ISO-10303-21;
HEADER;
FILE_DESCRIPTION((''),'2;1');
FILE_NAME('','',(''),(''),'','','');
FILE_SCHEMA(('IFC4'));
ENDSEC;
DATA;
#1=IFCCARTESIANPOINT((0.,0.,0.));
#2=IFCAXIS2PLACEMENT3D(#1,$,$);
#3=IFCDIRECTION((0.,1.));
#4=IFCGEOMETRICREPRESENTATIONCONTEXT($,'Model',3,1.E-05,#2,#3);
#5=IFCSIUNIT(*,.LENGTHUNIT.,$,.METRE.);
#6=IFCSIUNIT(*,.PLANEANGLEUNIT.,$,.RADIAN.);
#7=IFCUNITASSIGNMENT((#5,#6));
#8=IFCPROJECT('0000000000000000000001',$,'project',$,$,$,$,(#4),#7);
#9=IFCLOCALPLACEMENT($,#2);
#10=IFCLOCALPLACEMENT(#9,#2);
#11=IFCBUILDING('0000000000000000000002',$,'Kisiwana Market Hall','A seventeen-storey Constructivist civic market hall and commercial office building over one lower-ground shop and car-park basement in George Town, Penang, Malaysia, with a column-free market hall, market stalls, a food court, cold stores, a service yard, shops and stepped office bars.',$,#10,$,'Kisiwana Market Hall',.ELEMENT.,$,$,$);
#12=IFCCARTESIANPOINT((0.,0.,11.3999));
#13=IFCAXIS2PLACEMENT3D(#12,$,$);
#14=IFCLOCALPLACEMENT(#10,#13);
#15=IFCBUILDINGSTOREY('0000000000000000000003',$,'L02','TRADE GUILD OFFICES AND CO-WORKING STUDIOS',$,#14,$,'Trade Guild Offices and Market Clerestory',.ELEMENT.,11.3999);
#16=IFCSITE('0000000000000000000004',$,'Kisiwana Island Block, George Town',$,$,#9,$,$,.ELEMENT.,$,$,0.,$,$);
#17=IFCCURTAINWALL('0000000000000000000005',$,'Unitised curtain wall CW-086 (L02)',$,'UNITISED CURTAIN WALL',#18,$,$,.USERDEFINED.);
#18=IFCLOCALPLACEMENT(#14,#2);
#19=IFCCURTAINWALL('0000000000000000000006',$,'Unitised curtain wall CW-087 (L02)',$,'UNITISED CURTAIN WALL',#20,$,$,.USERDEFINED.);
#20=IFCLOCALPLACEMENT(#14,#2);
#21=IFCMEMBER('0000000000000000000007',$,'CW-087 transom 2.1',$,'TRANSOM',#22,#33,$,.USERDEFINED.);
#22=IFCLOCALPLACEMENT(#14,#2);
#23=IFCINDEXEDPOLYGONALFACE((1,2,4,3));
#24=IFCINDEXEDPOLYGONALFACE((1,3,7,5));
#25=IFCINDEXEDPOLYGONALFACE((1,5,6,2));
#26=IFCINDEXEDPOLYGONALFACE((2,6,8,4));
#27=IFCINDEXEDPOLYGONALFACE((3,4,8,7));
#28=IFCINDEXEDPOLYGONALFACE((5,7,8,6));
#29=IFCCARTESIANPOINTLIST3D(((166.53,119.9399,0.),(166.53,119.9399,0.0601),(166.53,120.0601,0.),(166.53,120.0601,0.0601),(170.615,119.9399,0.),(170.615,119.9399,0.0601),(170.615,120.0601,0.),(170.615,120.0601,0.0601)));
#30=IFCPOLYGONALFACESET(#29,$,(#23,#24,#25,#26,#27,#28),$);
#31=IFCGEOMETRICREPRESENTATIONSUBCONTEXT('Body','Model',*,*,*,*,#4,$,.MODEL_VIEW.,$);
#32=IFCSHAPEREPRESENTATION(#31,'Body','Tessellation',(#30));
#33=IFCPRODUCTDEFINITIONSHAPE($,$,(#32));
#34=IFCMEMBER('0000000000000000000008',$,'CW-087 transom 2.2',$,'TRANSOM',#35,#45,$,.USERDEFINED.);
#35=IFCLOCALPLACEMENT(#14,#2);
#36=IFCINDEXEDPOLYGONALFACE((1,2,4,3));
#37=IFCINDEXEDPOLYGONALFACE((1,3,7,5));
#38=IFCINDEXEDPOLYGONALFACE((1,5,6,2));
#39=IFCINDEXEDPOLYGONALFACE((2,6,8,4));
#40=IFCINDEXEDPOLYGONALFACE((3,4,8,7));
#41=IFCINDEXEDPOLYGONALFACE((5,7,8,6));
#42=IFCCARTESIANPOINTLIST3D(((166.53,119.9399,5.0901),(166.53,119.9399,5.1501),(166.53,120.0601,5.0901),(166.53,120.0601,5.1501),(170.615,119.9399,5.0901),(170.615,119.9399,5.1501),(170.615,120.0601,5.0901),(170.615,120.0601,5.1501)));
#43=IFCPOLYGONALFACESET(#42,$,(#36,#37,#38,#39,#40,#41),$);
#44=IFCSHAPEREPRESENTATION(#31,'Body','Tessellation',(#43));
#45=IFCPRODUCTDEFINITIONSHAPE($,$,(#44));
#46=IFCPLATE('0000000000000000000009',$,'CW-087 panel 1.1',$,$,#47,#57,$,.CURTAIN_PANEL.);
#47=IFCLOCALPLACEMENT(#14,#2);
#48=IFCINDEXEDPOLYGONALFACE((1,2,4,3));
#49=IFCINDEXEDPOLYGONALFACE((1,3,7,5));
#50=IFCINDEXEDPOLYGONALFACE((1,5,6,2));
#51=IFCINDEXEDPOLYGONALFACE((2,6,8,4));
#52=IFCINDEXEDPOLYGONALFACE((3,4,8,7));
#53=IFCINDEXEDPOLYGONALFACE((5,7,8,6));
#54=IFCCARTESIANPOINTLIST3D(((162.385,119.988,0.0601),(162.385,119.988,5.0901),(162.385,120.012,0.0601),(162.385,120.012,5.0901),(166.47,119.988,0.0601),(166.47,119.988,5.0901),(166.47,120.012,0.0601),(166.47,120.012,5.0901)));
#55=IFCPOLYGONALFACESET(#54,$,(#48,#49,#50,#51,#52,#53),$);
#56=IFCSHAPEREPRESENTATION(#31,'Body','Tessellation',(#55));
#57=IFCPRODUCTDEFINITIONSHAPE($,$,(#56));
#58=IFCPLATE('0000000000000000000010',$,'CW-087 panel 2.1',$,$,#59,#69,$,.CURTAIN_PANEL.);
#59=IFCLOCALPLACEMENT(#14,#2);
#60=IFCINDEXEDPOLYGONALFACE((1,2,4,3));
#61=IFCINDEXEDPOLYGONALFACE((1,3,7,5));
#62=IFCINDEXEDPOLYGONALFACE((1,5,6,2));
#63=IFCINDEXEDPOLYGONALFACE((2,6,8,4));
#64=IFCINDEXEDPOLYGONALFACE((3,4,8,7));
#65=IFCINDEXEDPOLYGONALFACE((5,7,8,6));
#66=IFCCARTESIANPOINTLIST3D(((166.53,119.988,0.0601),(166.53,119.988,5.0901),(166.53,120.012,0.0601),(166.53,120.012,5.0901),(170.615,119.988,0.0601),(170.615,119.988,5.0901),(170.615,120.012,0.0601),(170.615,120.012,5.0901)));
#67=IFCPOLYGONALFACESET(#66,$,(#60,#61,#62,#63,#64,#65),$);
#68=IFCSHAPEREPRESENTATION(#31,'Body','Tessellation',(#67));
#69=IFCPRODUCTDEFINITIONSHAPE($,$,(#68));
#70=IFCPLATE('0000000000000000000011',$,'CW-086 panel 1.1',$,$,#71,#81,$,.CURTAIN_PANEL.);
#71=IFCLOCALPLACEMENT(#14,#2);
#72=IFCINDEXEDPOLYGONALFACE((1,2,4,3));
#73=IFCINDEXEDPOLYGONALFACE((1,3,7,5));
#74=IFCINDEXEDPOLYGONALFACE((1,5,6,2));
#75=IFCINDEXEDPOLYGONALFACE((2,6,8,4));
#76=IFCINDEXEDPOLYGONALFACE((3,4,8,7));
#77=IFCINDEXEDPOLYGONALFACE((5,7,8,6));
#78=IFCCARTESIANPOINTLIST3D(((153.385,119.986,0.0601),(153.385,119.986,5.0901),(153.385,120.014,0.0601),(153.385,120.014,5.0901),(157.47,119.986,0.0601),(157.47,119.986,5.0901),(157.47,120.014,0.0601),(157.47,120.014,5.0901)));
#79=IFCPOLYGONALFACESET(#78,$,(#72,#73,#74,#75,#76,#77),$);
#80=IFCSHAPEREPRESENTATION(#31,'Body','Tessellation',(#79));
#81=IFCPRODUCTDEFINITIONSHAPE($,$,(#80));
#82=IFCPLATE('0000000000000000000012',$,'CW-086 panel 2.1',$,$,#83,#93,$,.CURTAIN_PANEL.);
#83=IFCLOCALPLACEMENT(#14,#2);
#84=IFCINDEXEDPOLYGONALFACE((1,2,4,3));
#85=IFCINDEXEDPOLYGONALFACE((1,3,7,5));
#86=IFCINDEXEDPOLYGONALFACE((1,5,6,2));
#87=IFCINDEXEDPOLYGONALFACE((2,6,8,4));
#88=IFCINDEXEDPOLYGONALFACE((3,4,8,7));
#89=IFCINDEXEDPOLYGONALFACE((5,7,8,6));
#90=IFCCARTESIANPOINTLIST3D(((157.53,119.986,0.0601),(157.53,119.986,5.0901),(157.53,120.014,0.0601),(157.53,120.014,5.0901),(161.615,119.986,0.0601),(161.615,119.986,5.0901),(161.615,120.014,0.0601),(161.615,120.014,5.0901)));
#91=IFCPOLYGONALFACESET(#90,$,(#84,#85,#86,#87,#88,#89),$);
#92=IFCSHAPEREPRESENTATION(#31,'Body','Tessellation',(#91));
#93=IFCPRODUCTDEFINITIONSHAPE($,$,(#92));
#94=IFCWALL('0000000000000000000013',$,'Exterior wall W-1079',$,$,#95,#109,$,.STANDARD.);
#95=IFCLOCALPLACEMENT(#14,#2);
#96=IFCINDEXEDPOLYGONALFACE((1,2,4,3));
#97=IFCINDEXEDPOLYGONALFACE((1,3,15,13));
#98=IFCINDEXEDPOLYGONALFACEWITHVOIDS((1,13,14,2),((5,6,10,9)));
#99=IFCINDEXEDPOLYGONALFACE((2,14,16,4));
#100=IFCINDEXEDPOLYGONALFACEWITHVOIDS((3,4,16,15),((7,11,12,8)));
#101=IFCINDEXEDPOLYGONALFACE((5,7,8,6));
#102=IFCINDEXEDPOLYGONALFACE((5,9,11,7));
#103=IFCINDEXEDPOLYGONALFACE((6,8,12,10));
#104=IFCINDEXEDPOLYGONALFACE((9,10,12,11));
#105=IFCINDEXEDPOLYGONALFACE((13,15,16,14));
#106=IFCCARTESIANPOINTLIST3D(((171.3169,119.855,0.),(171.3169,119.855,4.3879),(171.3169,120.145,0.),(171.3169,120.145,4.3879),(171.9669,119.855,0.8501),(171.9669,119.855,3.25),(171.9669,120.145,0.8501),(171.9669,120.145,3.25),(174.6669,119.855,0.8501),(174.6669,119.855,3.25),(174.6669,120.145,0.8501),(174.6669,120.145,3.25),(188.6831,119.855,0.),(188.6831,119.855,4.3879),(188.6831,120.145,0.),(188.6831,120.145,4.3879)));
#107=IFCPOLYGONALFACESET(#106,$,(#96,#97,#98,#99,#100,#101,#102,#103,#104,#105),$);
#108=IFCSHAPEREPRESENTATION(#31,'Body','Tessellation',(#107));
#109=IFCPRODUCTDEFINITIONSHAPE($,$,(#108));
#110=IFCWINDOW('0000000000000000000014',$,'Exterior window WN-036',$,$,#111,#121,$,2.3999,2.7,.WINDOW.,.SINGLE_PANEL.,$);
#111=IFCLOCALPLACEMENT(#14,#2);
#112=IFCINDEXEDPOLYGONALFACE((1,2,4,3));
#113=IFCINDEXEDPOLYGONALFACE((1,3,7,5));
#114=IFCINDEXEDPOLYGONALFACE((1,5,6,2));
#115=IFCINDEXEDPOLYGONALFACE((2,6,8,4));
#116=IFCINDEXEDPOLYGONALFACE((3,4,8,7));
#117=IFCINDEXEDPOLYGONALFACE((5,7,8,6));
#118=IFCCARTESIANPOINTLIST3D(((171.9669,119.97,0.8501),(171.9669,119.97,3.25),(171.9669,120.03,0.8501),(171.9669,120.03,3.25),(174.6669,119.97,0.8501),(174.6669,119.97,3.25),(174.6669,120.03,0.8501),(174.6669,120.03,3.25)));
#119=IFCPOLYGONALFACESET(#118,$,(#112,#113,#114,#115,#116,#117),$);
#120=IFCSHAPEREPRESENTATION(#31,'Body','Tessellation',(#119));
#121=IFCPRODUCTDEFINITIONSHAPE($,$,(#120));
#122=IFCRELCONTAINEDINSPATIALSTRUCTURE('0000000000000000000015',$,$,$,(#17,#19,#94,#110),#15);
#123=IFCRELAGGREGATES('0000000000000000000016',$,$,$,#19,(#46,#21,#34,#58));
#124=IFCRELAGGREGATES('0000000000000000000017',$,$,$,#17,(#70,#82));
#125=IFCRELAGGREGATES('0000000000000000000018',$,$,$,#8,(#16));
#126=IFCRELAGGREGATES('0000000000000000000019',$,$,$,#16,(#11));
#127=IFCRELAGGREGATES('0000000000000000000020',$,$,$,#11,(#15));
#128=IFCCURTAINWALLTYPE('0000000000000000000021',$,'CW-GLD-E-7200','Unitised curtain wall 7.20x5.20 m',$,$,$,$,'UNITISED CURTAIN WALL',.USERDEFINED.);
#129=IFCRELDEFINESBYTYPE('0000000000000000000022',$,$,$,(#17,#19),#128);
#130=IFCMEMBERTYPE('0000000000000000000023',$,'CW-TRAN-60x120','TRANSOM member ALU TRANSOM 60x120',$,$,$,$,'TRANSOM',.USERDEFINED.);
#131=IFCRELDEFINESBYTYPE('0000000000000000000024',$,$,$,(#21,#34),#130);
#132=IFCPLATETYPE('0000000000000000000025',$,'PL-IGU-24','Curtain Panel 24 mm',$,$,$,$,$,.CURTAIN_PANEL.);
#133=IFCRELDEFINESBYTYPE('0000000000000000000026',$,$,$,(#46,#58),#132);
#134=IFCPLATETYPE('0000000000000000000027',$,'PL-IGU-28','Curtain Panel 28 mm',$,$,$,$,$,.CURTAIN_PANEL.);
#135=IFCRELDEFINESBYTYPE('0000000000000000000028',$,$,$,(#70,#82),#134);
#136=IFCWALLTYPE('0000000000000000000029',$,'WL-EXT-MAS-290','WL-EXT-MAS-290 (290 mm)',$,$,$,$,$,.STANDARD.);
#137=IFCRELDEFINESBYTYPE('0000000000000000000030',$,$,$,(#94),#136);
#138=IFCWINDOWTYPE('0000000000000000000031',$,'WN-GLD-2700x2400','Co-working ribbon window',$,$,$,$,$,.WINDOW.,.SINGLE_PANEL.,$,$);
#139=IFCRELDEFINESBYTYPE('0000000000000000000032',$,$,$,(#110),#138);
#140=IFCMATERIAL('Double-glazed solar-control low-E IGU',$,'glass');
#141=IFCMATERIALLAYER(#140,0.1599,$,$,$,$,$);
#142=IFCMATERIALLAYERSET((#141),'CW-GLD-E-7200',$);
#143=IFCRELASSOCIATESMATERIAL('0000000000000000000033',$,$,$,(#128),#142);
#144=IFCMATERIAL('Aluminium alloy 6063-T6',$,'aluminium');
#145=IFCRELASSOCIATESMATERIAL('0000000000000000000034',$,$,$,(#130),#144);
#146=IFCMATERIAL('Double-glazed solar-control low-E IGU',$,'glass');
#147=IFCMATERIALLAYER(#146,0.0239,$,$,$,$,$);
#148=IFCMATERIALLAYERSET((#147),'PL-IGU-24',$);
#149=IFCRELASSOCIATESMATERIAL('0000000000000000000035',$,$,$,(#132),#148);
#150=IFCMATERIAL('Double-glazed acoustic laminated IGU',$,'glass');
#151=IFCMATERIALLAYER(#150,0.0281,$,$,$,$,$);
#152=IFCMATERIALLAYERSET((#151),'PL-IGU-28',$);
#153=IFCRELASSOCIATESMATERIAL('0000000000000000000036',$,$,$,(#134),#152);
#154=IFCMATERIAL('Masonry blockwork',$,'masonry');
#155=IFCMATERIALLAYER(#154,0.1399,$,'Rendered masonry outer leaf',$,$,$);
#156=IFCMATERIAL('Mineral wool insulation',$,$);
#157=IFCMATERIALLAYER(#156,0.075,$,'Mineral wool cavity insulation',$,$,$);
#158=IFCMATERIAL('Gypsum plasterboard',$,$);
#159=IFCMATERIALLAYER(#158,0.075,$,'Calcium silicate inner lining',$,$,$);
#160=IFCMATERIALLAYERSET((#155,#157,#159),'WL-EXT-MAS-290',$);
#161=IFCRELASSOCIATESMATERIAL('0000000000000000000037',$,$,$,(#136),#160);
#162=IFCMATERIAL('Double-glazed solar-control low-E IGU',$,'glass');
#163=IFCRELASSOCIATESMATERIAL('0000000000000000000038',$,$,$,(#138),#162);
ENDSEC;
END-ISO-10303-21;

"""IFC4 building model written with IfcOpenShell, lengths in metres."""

from ifc_helpers import new_model, si_unit, direction, frame, frame_2d, origin, origin_2d, place, context, subcontext, project, spatial, rectangle, extrude, material, layer, layer_set, material_profile, profile_set, type_object, element, fill, aggregate, save


model = new_model("IFC4")

# Units and contexts
model_context = context("Model", 3, precision=1e-05, world=origin(), true_north=direction((0.0, 1.0)))
body_context = subcontext(model_context, "Body", "Model", "MODEL_VIEW")
ifc_project = project(units=[si_unit("LENGTHUNIT", "METRE"), si_unit("PLANEANGLEUNIT", "RADIAN")], contexts=[model_context])

# Site, building, storey
site_placement = place(None, origin())
site = spatial("IfcSite", under=ifc_project, at=site_placement, Name="Kisiwana Island Block, George Town", CompositionType="ELEMENT", RefElevation=0.0)
building_placement = place(site_placement, origin())
building = spatial("IfcBuilding", under=site, at=building_placement, Name="Kisiwana Market Hall", Description="A seventeen-storey Constructivist civic market hall and commercial office building over one lower-ground shop and car-park basement in George Town, Penang, Malaysia, with a column-free market hall, market stalls, a food court, cold stores, a service yard, shops and stepped office bars.", LongName="Kisiwana Market Hall", CompositionType="ELEMENT")
storey_placement = place(building_placement, frame((0.0, 0.0, 11.3999)))
storey = spatial("IfcBuildingStorey", under=building, at=storey_placement, Name="L02", Description="TRADE GUILD OFFICES AND CO-WORKING STUDIOS", LongName="Trade Guild Offices and Market Clerestory", CompositionType="ELEMENT", Elevation=11.3999)

# Curtain walls
ifc_material_1 = material(Name="Double-glazed solar-control low-E IGU", Category="glass")
ifc_layer_1 = layer(ifc_material_1, 0.1599)
ifc_layer_set_1 = layer_set([ifc_layer_1], Name="CW-GLD-E-7200")
curtain_wall_type = type_object("IfcCurtainWallType", Name="CW-GLD-E-7200", Description="Unitised curtain wall 7.20x5.20 m", ElementType="UNITISED CURTAIN WALL", PredefinedType="USERDEFINED", material=ifc_layer_set_1)
curtain_wall_1_placement = place(storey_placement, origin())
curtain_wall_1 = element("IfcCurtainWall", 1, at=curtain_wall_1_placement, inside=storey, type_object=curtain_wall_type, Name="Unitised curtain wall CW-086 (L02)", ObjectType="UNITISED CURTAIN WALL", PredefinedType="USERDEFINED")
curtain_wall_2_placement = place(storey_placement, origin())
curtain_wall_2 = element("IfcCurtainWall", 2, at=curtain_wall_2_placement, inside=storey, type_object=curtain_wall_type, Name="Unitised curtain wall CW-087 (L02)", ObjectType="UNITISED CURTAIN WALL", PredefinedType="USERDEFINED")

# Members
ifc_material_2 = material(Name="Aluminium alloy 6063-T6", Category="aluminium")
ifc_material_profile_1 = material_profile(ifc_material_2, rectangle(XDim=0.1201, YDim=0.0601, at=origin_2d()), Name="ALU TRANSOM 60x120")
ifc_profile_set_1 = profile_set([ifc_material_profile_1], Name="Aluminium alloy 6063-T6")
member_type_1 = type_object("IfcMemberType", Name="CW-TRAN-60x120", Description="TRANSOM member ALU TRANSOM 60x120", ElementType="TRANSOM", PredefinedType="USERDEFINED", material=ifc_profile_set_1)
member_1_placement = place(storey_placement, frame((166.53, 120.0, 0.03), z_axis=(1.0, 0.0, 0.0), x_axis=(0.0, 1.0, 0.0)))
member_1 = element("IfcMember", 3, at=member_1_placement, type_object=member_type_1, Name="CW-087 transom 2.1", ObjectType="TRANSOM", PredefinedType="USERDEFINED", context=body_context, shape_type="SweptSolid", body=[
    extrude(rectangle(XDim=0.1201, YDim=0.0601, at=origin_2d()), origin(), (0.0, 0.0, 1.0), 4.085),
])
member_2_placement = place(storey_placement, frame((166.53, 120.0, 5.1201), z_axis=(1.0, 0.0, 0.0), x_axis=(0.0, 1.0, 0.0)))
member_2 = element("IfcMember", 4, at=member_2_placement, type_object=member_type_1, Name="CW-087 transom 2.2", ObjectType="TRANSOM", PredefinedType="USERDEFINED", context=body_context, shape_type="SweptSolid", body=[
    extrude(rectangle(XDim=0.1201, YDim=0.0601, at=origin_2d()), origin(), (0.0, 0.0, 1.0), 4.085),
])

# Plates
ifc_material_3 = material(Name="Double-glazed solar-control low-E IGU", Category="glass")
ifc_layer_2 = layer(ifc_material_3, 0.0239)
ifc_layer_set_2 = layer_set([ifc_layer_2], Name="PL-IGU-24")
plate_type_1 = type_object("IfcPlateType", Name="PL-IGU-24", Description="Curtain Panel 24 mm", PredefinedType="CURTAIN_PANEL", material=ifc_layer_set_2)
plate_1_placement = place(storey_placement, frame((164.4275, 120.0, 0.0601), z_axis=(0.0, 0.0, 1.0), x_axis=(1.0, 0.0, 0.0)))
plate_1 = element("IfcPlate", 5, at=plate_1_placement, type_object=plate_type_1, Name="CW-087 panel 1.1", PredefinedType="CURTAIN_PANEL", context=body_context, shape_type="SweptSolid", body=[
    extrude(rectangle(XDim=4.085, YDim=0.0239, at=origin_2d()), origin(), (0.0, 0.0, 1.0), 5.03),
])
plate_2_placement = place(storey_placement, frame((168.5725, 120.0, 0.0601), z_axis=(0.0, 0.0, 1.0), x_axis=(1.0, 0.0, 0.0)))
plate_2 = element("IfcPlate", 6, at=plate_2_placement, type_object=plate_type_1, Name="CW-087 panel 2.1", PredefinedType="CURTAIN_PANEL", context=body_context, shape_type="SweptSolid", body=[
    extrude(rectangle(XDim=4.085, YDim=0.0239, at=origin_2d()), origin(), (0.0, 0.0, 1.0), 5.03),
])
aggregate(curtain_wall_2, [plate_1, member_1, member_2, plate_2])
ifc_material_4 = material(Name="Double-glazed acoustic laminated IGU", Category="glass")
ifc_layer_3 = layer(ifc_material_4, 0.0281)
ifc_layer_set_3 = layer_set([ifc_layer_3], Name="PL-IGU-28")
plate_type_2 = type_object("IfcPlateType", Name="PL-IGU-28", Description="Curtain Panel 28 mm", PredefinedType="CURTAIN_PANEL", material=ifc_layer_set_3)
plate_3_placement = place(storey_placement, frame((155.4275, 120.0, 0.0601), z_axis=(0.0, 0.0, 1.0), x_axis=(1.0, 0.0, 0.0)))
plate_3 = element("IfcPlate", 7, at=plate_3_placement, type_object=plate_type_2, Name="CW-086 panel 1.1", PredefinedType="CURTAIN_PANEL", context=body_context, shape_type="SweptSolid", body=[
    extrude(rectangle(XDim=4.085, YDim=0.0281, at=origin_2d()), origin(), (0.0, 0.0, 1.0), 5.03),
])
plate_4_placement = place(storey_placement, frame((159.5725, 120.0, 0.0601), z_axis=(0.0, 0.0, 1.0), x_axis=(1.0, 0.0, 0.0)))
plate_4 = element("IfcPlate", 8, at=plate_4_placement, type_object=plate_type_2, Name="CW-086 panel 2.1", PredefinedType="CURTAIN_PANEL", context=body_context, shape_type="SweptSolid", body=[
    extrude(rectangle(XDim=4.085, YDim=0.0281, at=origin_2d()), origin(), (0.0, 0.0, 1.0), 5.03),
])
aggregate(curtain_wall_1, [plate_3, plate_4])

# Wall, opening, window
ifc_material_5 = material(Name="Masonry blockwork", Category="masonry")
ifc_layer_4 = layer(ifc_material_5, 0.1399, Name="Rendered masonry outer leaf")
ifc_material_6 = material(Name="Mineral wool insulation")
ifc_layer_5 = layer(ifc_material_6, 0.075, Name="Mineral wool cavity insulation")
ifc_material_7 = material(Name="Gypsum plasterboard")
ifc_layer_6 = layer(ifc_material_7, 0.075, Name="Calcium silicate inner lining")
ifc_layer_set_4 = layer_set([ifc_layer_4, ifc_layer_5, ifc_layer_6], Name="WL-EXT-MAS-290")
wall_type = type_object("IfcWallType", Name="WL-EXT-MAS-290", Description="WL-EXT-MAS-290 (290 mm)", PredefinedType="STANDARD", material=ifc_layer_set_4)
wall_placement = place(storey_placement, frame((171.3169, 120.0, 0.0), z_axis=(0.0, 0.0, 1.0), x_axis=(1.0, 0.0, 0.0)))
wall = element("IfcWall", 9, at=wall_placement, inside=storey, type_object=wall_type, Name="Exterior wall W-1079", PredefinedType="STANDARD", context=body_context, shape_type="SweptSolid", body=[
    extrude(rectangle(XDim=17.3662, YDim=0.29, at=frame_2d((8.6831, 0.0))), origin(), (0.0, 0.0, 1.0), 4.3879),
])
opening_placement = place(wall_placement, frame((0.6499, 0.0, 0.8501)))
opening = element("IfcOpeningElement", 10, at=opening_placement, cuts=wall, PredefinedType="OPENING", context=body_context, shape_type="SweptSolid", body=[
    extrude(rectangle(XDim=2.7, YDim=2.3999, at=frame_2d((1.3501, 1.2))), frame((0.0, 0.157, 0.0), z_axis=(0.0, -1.0, 0.0), x_axis=(1.0, 0.0, 0.0)), (0.0, 0.0, 1.0), 0.314),
])
ifc_material_8 = material(Name="Double-glazed solar-control low-E IGU", Category="glass")
window_type = type_object("IfcWindowType", Name="WN-GLD-2700x2400", Description="Co-working ribbon window", PartitioningType="SINGLE_PANEL", PredefinedType="WINDOW", material=ifc_material_8)
window_placement = place(opening_placement, origin())
window = element("IfcWindow", 11, at=window_placement, inside=storey, type_object=window_type, Name="Exterior window WN-036", OverallHeight=2.3999, OverallWidth=2.7, PartitioningType="SINGLE_PANEL", PredefinedType="WINDOW", context=body_context, shape_type="SweptSolid", body=[
    extrude(rectangle(XDim=2.7, YDim=2.3999, at=frame_2d((1.3501, 1.2))), frame((0.0, 0.03, 0.0), z_axis=(0.0, -1.0, 0.0), x_axis=(1.0, 0.0, 0.0)), (0.0, 0.0, 1.0), 0.0601),
])
fill(opening, window)

save(model, "model.ifc")
